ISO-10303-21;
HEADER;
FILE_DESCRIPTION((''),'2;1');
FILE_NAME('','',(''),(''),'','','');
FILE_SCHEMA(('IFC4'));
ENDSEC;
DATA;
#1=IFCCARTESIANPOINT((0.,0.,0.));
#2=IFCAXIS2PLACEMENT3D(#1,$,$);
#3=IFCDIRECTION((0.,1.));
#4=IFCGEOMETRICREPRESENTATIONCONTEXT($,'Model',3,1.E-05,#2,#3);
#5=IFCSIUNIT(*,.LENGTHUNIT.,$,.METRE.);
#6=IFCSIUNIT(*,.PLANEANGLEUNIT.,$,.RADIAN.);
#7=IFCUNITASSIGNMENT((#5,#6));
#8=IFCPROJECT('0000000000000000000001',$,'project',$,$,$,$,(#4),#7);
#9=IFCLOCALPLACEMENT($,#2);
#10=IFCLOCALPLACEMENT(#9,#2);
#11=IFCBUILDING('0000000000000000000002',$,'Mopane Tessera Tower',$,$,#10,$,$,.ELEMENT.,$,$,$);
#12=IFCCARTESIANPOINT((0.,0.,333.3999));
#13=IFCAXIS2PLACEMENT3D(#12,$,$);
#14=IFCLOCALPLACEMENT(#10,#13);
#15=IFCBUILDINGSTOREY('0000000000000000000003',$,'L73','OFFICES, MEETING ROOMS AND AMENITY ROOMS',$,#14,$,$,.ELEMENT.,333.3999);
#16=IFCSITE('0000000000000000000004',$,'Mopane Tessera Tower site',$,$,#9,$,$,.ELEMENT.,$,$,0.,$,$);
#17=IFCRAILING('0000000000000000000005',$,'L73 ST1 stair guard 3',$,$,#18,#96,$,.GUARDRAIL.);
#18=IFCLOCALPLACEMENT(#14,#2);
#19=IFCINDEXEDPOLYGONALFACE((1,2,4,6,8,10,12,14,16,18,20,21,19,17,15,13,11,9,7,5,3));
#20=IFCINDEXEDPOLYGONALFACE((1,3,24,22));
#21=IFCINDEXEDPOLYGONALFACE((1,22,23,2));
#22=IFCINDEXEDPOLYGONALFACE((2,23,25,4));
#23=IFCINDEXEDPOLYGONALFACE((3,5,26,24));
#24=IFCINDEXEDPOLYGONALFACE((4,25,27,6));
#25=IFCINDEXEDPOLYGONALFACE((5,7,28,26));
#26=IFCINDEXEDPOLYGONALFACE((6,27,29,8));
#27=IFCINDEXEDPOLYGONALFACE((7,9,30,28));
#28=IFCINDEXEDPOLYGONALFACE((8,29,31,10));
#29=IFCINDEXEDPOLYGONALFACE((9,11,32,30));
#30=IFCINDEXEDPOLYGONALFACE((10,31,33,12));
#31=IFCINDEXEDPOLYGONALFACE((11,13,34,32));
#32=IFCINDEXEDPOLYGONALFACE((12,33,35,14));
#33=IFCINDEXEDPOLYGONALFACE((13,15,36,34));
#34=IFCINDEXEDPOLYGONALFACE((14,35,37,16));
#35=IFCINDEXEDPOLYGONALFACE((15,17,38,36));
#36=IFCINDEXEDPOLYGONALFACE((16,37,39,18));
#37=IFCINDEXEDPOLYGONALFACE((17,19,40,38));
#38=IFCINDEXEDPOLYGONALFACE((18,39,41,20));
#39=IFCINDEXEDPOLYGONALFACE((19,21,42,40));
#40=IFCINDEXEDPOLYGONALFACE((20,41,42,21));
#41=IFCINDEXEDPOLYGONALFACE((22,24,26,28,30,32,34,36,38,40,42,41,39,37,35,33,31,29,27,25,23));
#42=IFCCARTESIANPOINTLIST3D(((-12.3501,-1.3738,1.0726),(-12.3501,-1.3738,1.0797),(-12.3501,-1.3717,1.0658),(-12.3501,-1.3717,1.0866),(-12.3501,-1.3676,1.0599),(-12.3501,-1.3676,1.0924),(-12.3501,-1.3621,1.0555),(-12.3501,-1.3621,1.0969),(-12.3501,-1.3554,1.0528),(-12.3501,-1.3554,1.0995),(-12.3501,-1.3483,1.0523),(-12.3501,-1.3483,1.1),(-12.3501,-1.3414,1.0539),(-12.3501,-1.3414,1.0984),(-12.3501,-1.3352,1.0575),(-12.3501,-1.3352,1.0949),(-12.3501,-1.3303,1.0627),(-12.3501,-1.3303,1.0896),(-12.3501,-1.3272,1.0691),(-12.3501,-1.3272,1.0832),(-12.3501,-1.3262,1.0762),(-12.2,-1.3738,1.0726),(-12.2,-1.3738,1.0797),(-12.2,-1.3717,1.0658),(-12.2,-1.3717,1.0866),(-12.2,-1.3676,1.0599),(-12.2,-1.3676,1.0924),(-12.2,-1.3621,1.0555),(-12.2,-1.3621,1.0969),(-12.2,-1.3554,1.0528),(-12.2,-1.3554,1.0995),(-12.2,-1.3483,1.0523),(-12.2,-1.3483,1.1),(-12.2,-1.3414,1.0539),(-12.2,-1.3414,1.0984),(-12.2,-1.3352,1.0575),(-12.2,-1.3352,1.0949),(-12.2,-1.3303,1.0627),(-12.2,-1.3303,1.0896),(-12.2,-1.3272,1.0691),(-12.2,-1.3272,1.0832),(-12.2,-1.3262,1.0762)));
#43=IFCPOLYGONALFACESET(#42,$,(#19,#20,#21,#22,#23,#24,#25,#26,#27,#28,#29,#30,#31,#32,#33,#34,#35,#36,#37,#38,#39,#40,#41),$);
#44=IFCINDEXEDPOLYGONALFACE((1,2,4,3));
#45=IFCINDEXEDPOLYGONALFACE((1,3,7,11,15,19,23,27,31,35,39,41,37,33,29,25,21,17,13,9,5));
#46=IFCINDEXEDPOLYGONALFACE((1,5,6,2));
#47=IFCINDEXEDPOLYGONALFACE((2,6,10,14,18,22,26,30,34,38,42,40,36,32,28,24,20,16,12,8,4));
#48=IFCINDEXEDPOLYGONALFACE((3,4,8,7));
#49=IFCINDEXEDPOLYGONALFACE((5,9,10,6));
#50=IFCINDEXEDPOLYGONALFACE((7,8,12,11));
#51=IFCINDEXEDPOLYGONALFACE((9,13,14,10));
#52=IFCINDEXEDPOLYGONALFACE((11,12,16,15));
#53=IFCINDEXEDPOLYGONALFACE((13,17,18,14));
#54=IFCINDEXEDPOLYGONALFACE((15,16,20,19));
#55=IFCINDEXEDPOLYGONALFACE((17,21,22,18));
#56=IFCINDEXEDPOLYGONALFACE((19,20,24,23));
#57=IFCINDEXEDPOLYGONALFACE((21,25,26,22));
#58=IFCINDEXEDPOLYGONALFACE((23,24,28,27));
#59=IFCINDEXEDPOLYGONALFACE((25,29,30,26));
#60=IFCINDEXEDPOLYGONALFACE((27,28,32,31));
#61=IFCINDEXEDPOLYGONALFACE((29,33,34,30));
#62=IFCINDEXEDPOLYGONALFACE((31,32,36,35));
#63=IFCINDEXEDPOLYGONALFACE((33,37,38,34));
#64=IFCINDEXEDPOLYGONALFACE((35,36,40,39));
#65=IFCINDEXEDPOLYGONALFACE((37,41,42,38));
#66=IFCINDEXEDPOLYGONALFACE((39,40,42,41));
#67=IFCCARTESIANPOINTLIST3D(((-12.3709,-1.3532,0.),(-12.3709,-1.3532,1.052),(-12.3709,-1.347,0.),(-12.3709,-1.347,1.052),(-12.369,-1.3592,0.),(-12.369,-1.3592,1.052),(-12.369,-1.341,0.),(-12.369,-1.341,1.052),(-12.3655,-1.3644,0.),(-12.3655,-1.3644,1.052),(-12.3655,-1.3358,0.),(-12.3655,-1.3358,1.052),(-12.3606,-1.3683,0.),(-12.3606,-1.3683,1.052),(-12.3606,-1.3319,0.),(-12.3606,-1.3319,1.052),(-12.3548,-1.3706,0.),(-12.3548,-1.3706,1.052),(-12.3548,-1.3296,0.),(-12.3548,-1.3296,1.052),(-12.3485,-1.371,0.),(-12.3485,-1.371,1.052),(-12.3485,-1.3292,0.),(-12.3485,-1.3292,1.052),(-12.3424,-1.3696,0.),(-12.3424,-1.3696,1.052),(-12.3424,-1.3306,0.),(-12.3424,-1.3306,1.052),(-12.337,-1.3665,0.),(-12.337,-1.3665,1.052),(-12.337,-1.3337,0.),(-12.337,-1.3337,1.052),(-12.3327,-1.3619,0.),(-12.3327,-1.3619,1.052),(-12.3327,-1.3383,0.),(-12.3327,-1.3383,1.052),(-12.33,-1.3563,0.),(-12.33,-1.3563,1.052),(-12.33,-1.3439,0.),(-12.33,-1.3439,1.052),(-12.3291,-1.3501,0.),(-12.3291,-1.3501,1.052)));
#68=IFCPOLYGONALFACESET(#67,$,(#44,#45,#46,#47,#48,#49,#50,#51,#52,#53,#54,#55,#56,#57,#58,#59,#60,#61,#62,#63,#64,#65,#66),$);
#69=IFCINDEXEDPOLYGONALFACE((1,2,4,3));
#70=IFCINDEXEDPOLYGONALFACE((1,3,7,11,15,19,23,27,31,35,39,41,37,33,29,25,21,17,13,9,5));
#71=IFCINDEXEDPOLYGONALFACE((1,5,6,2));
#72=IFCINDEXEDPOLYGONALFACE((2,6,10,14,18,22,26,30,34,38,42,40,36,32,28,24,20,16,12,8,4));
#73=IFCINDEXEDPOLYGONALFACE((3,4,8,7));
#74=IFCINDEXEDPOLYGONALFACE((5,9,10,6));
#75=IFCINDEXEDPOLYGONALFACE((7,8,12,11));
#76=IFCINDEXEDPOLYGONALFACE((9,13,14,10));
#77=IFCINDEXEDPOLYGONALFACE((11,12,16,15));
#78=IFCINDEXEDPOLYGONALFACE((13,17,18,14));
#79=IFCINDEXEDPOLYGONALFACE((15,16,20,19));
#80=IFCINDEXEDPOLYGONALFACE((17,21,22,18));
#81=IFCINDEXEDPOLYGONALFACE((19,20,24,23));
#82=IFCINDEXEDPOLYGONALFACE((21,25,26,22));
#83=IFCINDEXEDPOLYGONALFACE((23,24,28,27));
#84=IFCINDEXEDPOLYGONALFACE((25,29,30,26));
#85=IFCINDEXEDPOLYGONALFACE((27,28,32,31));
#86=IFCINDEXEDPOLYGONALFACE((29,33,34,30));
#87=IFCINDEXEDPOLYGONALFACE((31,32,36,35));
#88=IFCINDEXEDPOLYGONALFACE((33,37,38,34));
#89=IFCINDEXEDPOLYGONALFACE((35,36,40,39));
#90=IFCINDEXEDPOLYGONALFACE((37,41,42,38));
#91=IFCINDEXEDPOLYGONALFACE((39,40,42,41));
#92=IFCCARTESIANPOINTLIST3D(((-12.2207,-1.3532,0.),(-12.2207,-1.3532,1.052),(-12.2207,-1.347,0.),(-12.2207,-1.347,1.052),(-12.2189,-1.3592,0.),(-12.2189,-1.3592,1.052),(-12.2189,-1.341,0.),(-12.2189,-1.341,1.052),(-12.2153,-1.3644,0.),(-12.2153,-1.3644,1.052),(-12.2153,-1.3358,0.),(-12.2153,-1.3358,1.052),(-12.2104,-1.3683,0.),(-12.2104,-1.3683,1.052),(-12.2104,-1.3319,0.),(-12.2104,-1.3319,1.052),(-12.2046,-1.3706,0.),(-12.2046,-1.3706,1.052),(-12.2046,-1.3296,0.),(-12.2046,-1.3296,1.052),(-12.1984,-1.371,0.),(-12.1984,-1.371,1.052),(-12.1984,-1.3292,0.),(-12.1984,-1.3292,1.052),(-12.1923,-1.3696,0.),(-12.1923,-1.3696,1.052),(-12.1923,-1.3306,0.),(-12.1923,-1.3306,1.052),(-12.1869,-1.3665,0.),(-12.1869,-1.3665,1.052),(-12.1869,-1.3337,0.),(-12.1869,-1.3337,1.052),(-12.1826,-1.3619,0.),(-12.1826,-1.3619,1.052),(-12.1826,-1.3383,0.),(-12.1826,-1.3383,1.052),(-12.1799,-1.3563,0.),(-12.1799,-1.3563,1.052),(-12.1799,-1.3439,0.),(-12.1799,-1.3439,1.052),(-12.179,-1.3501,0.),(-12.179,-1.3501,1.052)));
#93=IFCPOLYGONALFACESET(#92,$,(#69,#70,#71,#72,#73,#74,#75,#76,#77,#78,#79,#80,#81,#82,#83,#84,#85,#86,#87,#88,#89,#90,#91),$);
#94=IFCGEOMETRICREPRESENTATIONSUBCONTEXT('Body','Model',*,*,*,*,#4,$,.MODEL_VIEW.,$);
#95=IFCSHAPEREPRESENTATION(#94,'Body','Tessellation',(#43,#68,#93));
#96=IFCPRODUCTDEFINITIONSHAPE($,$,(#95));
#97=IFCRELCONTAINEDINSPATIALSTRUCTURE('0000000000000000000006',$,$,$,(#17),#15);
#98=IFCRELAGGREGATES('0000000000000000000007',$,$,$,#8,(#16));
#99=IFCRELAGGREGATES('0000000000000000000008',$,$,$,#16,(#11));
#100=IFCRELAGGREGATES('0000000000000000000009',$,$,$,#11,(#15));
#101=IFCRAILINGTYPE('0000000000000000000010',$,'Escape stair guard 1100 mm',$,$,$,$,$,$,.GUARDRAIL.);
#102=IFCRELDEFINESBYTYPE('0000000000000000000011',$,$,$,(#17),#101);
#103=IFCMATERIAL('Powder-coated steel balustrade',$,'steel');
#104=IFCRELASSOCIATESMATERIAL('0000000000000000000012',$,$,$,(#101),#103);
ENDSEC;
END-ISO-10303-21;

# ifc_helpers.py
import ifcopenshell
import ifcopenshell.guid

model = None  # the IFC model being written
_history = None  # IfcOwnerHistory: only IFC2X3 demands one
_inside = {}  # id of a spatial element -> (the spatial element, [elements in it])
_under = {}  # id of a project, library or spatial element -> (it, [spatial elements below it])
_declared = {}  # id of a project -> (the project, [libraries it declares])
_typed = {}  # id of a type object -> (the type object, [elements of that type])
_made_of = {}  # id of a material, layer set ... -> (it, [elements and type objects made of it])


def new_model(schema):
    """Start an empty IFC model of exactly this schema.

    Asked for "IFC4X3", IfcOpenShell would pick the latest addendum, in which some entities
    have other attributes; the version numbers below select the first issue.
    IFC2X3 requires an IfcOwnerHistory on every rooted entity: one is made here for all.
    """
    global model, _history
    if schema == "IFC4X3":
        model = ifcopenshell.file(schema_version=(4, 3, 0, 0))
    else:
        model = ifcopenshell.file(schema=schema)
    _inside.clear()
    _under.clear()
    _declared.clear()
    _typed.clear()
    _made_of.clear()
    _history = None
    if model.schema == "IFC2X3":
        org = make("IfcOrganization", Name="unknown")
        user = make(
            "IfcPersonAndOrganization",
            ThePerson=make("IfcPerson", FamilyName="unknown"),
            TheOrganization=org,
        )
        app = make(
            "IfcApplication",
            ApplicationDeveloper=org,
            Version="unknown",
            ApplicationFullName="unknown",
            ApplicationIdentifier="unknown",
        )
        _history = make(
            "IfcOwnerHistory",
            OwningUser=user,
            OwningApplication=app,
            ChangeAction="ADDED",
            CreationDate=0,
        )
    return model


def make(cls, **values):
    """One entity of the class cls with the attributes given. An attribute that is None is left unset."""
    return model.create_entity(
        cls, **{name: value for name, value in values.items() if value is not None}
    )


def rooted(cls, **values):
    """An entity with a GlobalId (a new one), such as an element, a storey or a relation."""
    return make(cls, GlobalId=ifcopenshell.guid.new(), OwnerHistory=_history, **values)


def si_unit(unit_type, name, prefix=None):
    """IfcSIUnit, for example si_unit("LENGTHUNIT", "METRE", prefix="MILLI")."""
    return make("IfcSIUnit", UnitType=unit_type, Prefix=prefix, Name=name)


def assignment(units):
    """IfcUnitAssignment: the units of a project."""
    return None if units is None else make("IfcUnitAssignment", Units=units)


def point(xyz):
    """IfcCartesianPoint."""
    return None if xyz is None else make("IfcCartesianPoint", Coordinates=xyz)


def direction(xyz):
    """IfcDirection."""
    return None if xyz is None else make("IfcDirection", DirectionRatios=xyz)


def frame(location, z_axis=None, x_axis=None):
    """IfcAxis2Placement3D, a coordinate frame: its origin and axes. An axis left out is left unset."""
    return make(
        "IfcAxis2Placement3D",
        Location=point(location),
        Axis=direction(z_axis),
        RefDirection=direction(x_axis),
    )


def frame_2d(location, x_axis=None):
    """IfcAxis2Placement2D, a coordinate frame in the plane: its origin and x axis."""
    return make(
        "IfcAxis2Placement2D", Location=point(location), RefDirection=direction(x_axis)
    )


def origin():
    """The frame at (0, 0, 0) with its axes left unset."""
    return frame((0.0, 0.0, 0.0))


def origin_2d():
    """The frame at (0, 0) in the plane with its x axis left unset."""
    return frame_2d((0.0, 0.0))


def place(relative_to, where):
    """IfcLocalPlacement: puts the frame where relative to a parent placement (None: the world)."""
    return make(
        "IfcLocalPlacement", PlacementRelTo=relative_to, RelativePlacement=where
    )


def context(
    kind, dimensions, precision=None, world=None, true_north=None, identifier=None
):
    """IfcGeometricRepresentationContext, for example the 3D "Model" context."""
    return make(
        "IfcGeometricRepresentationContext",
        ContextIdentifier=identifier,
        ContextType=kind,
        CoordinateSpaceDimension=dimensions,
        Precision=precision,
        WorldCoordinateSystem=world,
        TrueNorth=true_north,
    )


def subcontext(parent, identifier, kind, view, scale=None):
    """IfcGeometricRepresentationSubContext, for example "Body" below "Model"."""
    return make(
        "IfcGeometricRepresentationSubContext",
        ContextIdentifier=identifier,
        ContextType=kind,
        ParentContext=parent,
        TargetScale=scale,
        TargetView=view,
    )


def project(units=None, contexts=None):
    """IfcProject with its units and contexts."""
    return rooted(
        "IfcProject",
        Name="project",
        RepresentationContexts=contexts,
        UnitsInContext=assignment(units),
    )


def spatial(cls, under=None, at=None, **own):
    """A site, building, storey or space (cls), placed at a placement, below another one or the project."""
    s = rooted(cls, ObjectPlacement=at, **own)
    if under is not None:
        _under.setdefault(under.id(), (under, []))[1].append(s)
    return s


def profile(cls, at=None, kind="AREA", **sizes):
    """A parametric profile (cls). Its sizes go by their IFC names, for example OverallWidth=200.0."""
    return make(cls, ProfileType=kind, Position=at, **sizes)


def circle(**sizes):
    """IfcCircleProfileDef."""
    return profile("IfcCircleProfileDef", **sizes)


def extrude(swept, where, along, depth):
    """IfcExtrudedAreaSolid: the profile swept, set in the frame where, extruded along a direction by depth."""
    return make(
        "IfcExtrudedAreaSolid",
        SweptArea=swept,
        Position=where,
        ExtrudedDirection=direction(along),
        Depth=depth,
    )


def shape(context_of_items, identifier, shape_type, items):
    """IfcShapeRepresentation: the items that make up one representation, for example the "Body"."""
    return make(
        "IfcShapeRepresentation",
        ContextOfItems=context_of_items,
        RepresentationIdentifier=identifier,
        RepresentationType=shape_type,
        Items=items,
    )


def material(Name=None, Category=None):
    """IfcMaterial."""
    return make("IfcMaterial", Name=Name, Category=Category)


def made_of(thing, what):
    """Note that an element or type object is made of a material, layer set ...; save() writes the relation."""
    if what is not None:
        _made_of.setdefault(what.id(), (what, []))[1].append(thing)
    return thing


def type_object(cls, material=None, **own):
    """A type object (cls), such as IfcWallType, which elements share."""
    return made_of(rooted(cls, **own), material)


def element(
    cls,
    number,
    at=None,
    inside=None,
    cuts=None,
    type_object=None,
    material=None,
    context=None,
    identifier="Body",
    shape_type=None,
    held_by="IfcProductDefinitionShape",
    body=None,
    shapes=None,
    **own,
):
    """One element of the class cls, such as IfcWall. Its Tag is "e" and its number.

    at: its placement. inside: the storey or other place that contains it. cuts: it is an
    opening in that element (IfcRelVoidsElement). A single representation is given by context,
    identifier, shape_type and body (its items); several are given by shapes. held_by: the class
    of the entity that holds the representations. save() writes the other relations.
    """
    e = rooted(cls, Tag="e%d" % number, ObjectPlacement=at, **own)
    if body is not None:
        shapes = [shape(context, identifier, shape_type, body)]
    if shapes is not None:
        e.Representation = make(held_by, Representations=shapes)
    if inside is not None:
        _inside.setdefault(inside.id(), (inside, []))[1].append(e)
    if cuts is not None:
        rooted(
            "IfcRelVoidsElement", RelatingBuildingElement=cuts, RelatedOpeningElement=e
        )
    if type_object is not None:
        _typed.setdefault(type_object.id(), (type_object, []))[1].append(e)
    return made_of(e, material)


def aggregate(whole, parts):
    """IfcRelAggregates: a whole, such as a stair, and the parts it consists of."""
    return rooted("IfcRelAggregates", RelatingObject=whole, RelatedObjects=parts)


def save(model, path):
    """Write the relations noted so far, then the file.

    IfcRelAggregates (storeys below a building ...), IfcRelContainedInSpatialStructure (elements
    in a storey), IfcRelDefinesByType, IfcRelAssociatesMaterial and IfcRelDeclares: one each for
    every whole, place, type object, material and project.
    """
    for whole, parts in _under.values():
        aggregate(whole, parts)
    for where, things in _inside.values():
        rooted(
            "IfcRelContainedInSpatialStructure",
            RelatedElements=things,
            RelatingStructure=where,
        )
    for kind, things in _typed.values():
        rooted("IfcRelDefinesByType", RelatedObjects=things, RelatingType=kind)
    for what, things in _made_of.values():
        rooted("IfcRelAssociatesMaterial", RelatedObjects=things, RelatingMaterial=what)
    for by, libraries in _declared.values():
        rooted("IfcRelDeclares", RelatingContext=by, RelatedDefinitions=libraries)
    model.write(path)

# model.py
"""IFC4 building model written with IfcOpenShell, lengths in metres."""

from ifc_helpers import new_model, si_unit, direction, frame, origin, origin_2d, place, context, subcontext, project, spatial, circle, extrude, material, type_object, element, save


model = new_model("IFC4")

# Units and contexts
model_context = context("Model", 3, precision=1e-05, world=origin(), true_north=direction((0.0, 1.0)))
body_context = subcontext(model_context, "Body", "Model", "MODEL_VIEW")
ifc_project = project(units=[si_unit("LENGTHUNIT", "METRE"), si_unit("PLANEANGLEUNIT", "RADIAN")], contexts=[model_context])

# Site, building, storey
site_placement = place(None, origin())
site = spatial("IfcSite", under=ifc_project, at=site_placement, Name="Mopane Tessera Tower site", CompositionType="ELEMENT", RefElevation=0.0)
building_placement = place(site_placement, origin())
building = spatial("IfcBuilding", under=site, at=building_placement, Name="Mopane Tessera Tower", CompositionType="ELEMENT")
storey_placement = place(building_placement, frame((0.0, 0.0, 333.3999)))
storey = spatial("IfcBuildingStorey", under=building, at=storey_placement, Name="L73", Description="OFFICES, MEETING ROOMS AND AMENITY ROOMS", CompositionType="ELEMENT", Elevation=333.3999)

# Railing
ifc_material_1 = material(Name="Powder-coated steel balustrade", Category="steel")
railing_type_1 = type_object("IfcRailingType", Name="Escape stair guard 1100 mm", PredefinedType="GUARDRAIL", material=ifc_material_1)
railing_1_placement = place(storey_placement, frame((-12.3501, -1.3501, 0.0)))
element("IfcRailing", 1, at=railing_1_placement, inside=storey, type_object=railing_type_1, Name="L73 ST1 stair guard 3", PredefinedType="GUARDRAIL", context=body_context, shape_type="SweptSolid", body=[
    extrude(circle(Radius=0.0239, at=origin_2d()), frame((0.0, 0.0, 1.0762), z_axis=(1.0, 0.0, 0.0), x_axis=(0.0, 1.0, 0.0)), (0.0, 0.0, 1.0), 0.1501),
    extrude(circle(Radius=0.021, at=origin_2d()), origin(), (0.0, 0.0, 1.0), 1.052),
    extrude(circle(Radius=0.021, at=origin_2d()), frame((0.1501, 0.0, 0.0)), (0.0, 0.0, 1.0), 1.052),
])

save(model, "model.ifc")
